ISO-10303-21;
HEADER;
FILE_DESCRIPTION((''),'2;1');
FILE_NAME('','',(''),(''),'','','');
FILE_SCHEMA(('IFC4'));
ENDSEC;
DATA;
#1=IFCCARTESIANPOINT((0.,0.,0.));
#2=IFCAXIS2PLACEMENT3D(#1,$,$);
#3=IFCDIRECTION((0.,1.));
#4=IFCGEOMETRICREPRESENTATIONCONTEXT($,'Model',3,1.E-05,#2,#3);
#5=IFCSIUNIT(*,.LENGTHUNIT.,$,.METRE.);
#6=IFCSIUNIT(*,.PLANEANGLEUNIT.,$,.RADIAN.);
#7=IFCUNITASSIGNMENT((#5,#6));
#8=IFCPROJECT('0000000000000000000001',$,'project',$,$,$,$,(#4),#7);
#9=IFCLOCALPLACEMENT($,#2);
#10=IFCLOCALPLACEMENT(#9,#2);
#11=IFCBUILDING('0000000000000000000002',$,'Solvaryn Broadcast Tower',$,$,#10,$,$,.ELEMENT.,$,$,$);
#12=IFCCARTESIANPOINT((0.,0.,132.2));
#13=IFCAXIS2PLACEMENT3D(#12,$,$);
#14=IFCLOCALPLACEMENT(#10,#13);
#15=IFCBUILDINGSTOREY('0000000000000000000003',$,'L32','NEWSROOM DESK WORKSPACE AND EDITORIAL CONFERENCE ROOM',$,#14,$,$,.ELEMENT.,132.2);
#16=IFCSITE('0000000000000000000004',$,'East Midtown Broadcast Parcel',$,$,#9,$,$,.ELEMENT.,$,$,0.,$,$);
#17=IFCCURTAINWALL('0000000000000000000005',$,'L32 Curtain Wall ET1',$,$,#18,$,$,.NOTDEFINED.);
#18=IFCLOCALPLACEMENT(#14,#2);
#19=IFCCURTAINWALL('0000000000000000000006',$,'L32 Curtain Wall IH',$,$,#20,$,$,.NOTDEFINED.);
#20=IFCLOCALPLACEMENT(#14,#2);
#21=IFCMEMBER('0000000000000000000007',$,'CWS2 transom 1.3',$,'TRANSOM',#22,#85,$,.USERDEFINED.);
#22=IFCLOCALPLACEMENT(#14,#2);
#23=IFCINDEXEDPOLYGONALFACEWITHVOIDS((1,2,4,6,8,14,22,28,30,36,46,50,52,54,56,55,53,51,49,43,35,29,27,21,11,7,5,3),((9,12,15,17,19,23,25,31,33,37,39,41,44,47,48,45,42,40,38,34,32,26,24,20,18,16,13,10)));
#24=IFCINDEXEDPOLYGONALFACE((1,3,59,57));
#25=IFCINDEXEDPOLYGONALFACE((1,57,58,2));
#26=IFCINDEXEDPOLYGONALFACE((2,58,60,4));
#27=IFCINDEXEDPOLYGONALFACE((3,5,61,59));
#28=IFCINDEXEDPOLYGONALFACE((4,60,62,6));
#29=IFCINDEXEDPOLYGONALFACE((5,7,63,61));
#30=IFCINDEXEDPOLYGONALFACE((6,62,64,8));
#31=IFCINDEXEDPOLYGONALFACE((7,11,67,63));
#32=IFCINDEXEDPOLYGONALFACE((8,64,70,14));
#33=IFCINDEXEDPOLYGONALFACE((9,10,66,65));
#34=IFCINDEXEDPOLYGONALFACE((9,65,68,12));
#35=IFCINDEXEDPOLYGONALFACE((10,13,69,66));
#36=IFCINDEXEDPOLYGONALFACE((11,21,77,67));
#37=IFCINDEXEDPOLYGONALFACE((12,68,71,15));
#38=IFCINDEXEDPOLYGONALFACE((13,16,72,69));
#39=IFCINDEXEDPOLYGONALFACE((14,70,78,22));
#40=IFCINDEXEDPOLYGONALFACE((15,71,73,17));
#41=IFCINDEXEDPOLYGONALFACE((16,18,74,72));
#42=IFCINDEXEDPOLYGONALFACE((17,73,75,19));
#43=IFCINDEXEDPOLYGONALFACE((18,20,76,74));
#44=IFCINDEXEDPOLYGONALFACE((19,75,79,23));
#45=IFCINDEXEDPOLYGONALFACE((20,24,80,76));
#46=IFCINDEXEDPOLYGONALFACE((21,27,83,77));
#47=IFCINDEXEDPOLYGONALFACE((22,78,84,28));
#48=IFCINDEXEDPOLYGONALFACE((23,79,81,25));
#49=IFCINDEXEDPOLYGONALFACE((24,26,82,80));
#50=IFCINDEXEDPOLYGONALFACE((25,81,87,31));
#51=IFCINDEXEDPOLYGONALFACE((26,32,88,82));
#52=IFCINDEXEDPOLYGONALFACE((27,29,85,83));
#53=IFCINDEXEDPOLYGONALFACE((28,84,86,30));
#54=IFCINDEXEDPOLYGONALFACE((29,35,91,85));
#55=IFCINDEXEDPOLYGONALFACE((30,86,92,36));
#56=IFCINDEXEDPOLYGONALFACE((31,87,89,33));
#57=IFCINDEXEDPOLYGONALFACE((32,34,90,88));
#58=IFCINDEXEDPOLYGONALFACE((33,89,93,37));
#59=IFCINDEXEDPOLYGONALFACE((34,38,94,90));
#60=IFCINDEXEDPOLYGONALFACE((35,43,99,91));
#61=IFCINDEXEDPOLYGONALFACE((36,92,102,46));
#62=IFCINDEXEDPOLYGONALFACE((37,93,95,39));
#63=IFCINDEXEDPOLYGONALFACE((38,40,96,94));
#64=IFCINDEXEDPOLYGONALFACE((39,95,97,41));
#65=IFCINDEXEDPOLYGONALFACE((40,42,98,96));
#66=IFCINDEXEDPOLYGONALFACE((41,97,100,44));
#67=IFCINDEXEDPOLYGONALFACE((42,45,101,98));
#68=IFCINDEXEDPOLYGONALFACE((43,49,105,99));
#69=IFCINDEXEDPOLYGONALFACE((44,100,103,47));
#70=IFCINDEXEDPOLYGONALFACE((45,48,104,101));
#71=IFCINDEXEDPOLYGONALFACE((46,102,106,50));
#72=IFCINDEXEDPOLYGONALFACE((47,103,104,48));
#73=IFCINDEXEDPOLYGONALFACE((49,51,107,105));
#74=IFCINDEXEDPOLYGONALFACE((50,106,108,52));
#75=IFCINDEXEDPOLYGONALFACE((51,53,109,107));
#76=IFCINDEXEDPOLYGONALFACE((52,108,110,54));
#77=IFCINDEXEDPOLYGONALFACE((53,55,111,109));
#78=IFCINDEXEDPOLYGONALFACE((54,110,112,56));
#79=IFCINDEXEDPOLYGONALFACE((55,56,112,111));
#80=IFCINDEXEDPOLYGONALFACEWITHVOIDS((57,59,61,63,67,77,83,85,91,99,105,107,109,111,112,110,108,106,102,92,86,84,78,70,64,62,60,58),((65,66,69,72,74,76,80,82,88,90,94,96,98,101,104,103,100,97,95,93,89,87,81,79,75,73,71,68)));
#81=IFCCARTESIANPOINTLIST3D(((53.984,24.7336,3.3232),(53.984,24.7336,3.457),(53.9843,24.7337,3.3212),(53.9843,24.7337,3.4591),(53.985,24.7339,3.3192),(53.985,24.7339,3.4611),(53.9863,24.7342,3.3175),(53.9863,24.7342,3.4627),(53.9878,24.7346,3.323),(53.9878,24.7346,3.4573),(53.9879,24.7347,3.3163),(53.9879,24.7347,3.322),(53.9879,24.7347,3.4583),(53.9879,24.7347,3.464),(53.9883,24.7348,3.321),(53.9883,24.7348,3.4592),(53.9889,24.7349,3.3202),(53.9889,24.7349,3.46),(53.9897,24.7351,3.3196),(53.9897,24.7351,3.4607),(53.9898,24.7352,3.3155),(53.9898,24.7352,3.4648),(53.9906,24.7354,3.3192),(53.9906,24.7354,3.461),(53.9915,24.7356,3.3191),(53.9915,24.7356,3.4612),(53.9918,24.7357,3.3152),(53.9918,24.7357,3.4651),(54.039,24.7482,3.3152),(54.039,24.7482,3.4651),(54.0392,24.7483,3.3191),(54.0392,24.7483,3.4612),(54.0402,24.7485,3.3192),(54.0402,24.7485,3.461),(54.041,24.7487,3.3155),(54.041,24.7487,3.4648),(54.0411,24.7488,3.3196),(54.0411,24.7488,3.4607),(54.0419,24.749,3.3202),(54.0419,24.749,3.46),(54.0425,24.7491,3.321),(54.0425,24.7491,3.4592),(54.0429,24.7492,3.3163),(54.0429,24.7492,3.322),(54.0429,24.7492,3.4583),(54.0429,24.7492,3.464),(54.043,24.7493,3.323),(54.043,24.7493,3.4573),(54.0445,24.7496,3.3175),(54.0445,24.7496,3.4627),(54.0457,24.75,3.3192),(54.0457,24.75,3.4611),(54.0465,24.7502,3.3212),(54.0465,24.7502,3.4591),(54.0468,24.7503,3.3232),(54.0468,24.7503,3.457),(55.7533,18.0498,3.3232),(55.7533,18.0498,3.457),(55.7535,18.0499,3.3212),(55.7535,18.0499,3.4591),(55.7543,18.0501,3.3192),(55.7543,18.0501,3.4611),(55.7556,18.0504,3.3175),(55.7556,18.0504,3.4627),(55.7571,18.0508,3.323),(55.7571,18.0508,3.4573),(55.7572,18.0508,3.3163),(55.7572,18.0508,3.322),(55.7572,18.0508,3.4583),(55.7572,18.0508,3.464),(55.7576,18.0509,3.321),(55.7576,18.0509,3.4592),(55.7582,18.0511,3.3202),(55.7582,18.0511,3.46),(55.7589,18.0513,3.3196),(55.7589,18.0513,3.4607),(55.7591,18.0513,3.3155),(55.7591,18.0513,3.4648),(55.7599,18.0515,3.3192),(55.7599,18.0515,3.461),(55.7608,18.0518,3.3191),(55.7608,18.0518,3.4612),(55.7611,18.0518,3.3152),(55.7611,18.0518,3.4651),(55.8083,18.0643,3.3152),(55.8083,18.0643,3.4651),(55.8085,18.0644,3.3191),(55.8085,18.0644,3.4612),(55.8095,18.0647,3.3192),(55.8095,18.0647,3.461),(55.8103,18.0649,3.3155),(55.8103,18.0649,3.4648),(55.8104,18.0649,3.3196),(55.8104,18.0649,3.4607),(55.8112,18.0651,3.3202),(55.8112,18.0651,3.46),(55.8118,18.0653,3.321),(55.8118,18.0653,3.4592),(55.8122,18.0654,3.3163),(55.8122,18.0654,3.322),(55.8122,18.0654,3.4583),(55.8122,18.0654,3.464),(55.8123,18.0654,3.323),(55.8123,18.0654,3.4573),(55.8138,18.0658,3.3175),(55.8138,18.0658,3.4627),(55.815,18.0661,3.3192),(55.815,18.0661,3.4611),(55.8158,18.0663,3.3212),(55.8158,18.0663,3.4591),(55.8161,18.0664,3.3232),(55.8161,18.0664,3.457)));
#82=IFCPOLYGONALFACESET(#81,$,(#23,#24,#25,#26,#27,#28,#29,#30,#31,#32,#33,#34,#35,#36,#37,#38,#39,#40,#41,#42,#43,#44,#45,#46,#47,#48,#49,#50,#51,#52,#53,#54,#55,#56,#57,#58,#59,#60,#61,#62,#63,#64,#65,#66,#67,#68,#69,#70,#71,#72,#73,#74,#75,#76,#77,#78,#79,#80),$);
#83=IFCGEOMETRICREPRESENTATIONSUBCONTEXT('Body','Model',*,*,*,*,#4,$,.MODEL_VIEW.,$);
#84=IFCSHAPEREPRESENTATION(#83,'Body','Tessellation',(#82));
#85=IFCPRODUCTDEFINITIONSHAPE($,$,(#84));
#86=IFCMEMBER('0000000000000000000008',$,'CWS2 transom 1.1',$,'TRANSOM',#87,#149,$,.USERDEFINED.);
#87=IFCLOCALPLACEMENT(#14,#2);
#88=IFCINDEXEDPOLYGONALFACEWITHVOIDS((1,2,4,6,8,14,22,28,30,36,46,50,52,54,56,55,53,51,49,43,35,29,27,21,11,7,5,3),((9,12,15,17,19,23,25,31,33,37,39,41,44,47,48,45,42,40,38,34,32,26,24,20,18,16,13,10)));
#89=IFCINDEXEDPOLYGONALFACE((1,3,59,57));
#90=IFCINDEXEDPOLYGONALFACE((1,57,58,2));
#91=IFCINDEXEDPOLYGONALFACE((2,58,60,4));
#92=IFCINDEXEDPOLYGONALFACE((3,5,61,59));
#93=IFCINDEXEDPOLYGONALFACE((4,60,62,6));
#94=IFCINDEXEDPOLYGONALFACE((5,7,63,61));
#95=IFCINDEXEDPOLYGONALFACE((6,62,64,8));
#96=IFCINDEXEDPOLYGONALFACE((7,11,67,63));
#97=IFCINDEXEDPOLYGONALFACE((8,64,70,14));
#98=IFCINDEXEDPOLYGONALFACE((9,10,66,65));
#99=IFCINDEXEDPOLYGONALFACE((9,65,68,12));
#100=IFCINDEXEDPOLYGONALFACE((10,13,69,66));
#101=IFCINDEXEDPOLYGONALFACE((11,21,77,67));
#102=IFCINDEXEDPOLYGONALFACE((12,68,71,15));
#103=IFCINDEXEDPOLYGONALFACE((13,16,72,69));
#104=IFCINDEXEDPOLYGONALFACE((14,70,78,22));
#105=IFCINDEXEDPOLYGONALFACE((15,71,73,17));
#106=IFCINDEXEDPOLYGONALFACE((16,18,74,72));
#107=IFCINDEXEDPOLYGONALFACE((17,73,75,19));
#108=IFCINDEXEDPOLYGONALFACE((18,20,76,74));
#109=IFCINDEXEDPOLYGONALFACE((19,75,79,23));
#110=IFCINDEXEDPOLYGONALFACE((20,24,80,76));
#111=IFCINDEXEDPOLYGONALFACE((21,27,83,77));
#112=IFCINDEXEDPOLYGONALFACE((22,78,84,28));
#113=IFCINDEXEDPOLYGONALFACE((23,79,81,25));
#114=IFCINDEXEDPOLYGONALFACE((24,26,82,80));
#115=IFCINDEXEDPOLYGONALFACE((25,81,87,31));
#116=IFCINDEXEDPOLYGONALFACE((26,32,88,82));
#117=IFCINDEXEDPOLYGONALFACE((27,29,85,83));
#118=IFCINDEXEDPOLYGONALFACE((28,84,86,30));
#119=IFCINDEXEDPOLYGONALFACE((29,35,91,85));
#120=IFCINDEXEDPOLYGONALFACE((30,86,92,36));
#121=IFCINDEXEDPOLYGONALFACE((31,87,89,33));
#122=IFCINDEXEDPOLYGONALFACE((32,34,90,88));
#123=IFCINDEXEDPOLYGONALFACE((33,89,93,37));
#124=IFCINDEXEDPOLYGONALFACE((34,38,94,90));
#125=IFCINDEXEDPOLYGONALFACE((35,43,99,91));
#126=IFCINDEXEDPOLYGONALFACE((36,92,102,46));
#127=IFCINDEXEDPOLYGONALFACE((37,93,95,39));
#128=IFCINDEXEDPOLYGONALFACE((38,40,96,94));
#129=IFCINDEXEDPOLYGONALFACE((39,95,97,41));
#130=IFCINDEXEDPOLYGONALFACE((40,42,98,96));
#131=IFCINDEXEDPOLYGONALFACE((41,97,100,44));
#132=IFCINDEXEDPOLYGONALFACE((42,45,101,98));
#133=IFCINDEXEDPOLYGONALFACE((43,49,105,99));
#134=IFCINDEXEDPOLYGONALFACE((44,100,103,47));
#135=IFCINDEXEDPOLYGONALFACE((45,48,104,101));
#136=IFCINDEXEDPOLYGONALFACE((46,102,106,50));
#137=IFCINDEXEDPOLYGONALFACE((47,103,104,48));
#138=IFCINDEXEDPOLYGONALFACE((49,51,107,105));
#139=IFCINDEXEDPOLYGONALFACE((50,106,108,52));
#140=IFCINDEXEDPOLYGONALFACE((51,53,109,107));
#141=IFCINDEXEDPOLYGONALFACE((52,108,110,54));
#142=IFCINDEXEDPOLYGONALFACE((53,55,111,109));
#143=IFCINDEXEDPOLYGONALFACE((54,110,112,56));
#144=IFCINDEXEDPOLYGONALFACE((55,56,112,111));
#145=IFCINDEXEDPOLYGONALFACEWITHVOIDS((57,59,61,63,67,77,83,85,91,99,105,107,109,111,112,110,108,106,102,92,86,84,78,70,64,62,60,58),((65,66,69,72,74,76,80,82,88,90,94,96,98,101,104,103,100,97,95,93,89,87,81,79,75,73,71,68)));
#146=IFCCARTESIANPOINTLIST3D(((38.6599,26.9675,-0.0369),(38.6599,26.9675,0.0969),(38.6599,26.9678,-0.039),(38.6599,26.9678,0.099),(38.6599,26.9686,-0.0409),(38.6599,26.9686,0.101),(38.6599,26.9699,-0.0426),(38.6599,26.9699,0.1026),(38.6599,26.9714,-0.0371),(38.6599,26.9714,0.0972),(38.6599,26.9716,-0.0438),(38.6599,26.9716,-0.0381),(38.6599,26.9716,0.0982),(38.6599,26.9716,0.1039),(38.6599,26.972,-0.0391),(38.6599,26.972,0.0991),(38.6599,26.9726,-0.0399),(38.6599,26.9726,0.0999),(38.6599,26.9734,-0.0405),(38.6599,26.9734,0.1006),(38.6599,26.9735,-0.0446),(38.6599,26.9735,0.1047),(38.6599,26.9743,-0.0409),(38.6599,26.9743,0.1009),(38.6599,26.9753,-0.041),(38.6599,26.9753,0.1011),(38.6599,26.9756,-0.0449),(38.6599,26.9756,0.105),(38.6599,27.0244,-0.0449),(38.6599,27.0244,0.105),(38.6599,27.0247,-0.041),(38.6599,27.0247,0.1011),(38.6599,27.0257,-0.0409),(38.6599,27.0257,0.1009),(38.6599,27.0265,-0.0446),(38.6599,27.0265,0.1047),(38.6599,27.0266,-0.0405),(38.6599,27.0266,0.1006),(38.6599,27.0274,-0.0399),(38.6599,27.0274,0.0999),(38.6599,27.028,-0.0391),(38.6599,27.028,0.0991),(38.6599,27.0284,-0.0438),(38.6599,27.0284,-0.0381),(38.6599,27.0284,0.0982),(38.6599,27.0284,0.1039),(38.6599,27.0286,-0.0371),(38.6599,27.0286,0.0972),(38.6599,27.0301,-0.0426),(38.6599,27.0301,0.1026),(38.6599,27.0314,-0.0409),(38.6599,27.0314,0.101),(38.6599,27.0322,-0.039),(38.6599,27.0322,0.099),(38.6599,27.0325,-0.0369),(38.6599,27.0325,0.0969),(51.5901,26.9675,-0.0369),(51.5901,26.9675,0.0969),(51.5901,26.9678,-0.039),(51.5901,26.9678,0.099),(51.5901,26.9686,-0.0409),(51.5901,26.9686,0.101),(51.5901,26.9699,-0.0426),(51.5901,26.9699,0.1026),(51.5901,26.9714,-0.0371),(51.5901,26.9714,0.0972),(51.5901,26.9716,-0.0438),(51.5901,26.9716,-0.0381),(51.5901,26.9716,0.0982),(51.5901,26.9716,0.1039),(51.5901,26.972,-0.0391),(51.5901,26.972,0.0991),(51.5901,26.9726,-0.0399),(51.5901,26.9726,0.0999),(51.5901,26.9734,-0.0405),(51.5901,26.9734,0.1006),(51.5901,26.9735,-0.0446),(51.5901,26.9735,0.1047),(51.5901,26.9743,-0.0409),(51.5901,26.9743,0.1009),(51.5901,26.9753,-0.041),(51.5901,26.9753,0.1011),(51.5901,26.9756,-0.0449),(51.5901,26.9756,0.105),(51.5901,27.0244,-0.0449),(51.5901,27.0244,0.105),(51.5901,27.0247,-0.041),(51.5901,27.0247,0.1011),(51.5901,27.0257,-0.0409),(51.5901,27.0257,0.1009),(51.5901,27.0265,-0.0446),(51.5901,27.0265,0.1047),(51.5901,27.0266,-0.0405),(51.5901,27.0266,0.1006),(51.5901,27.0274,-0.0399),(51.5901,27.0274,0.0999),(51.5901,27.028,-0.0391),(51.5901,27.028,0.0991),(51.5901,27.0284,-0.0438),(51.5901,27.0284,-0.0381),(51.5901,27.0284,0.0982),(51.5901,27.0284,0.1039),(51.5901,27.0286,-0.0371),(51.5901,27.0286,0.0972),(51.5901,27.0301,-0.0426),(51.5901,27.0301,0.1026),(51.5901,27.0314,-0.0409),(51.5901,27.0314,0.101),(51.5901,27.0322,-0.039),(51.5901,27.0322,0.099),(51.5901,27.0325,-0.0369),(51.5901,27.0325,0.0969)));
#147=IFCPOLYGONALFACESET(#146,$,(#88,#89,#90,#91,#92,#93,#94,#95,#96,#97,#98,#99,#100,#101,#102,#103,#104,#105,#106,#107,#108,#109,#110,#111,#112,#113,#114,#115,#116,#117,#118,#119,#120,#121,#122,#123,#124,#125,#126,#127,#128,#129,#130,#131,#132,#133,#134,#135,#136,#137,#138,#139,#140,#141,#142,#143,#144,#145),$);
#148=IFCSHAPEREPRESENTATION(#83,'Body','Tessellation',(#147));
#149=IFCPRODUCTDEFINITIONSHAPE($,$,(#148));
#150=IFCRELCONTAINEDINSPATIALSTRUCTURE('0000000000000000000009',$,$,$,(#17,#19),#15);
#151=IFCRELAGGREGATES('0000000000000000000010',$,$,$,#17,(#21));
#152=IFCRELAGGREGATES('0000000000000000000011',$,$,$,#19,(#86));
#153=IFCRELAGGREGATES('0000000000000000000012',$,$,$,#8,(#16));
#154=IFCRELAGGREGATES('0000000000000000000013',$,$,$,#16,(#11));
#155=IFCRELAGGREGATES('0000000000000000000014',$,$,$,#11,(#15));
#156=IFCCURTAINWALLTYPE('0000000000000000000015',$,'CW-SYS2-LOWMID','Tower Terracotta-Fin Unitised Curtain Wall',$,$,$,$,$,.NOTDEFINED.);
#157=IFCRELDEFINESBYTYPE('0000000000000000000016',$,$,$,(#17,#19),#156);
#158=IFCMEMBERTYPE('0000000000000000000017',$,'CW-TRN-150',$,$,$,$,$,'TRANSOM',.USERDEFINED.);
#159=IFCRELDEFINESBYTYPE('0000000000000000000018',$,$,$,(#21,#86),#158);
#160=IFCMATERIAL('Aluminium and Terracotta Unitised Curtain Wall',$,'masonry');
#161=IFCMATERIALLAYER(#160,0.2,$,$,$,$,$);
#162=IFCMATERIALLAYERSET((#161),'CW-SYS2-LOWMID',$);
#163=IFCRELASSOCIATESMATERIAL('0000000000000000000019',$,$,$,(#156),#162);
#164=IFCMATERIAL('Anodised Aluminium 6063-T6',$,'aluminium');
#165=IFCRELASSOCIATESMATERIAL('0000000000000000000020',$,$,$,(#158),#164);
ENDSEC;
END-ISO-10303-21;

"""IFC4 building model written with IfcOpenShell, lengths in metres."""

from ifc_helpers import new_model, si_unit, direction, frame, origin, origin_2d, place, context, subcontext, project, spatial, hollow_rectangle, extrude, material, layer, layer_set, material_profile, profile_set, type_object, element, aggregate, save


model = new_model("IFC4")

# Units and contexts
model_context = context("Model", 3, precision=1e-05, world=origin(), true_north=direction((0.0, 1.0)))
body_context = subcontext(model_context, "Body", "Model", "MODEL_VIEW")
ifc_project = project(units=[si_unit("LENGTHUNIT", "METRE"), si_unit("PLANEANGLEUNIT", "RADIAN")], contexts=[model_context])

# Site, building, storey
site_placement = place(None, origin())
site = spatial("IfcSite", under=ifc_project, at=site_placement, Name="East Midtown Broadcast Parcel", CompositionType="ELEMENT", RefElevation=0.0)
building_placement = place(site_placement, origin())
building = spatial("IfcBuilding", under=site, at=building_placement, Name="Solvaryn Broadcast Tower", CompositionType="ELEMENT")
storey_placement = place(building_placement, frame((0.0, 0.0, 132.2)))
storey = spatial("IfcBuildingStorey", under=building, at=storey_placement, Name="L32", Description="NEWSROOM DESK WORKSPACE AND EDITORIAL CONFERENCE ROOM", CompositionType="ELEMENT", Elevation=132.2)

# Curtain walls
ifc_material_1 = material(Name="Aluminium and Terracotta Unitised Curtain Wall", Category="masonry")
ifc_layer_1 = layer(ifc_material_1, 0.2)
ifc_layer_set_1 = layer_set([ifc_layer_1], Name="CW-SYS2-LOWMID")
curtain_wall_type = type_object("IfcCurtainWallType", Name="CW-SYS2-LOWMID", Description="Tower Terracotta-Fin Unitised Curtain Wall", PredefinedType="NOTDEFINED", material=ifc_layer_set_1)
curtain_wall_1_placement = place(storey_placement, origin())
curtain_wall_1 = element("IfcCurtainWall", 1, at=curtain_wall_1_placement, inside=storey, type_object=curtain_wall_type, Name="L32 Curtain Wall ET1", PredefinedType="NOTDEFINED")
curtain_wall_2_placement = place(storey_placement, origin())
curtain_wall_2 = element("IfcCurtainWall", 2, at=curtain_wall_2_placement, inside=storey, type_object=curtain_wall_type, Name="L32 Curtain Wall IH", PredefinedType="NOTDEFINED")

# Members
ifc_material_2 = material(Name="Anodised Aluminium 6063-T6", Category="aluminium")
ifc_material_profile_1 = material_profile(ifc_material_2, hollow_rectangle(XDim=0.0649, YDim=0.1499, WallThickness=0.0039, InnerFilletRadius=0.0039, OuterFilletRadius=0.0081, at=origin_2d()))
ifc_profile_set_1 = profile_set([ifc_material_profile_1], Name="Anodised Aluminium 6063-T6")
member_type_1 = type_object("IfcMemberType", Name="CW-TRN-150", ElementType="TRANSOM", PredefinedType="USERDEFINED", material=ifc_profile_set_1)
member_1_placement = place(storey_placement, frame((54.0154, 24.7419, 3.3901), z_axis=(0.255897, -0.966704, 0.0), x_axis=(0.966704, 0.255897, 0.0)))
member_1 = element("IfcMember", 3, at=member_1_placement, type_object=member_type_1, Name="CWS2 transom 1.3", ObjectType="TRANSOM", PredefinedType="USERDEFINED", context=body_context, shape_type="SweptSolid", body=[
    extrude(hollow_rectangle(XDim=0.0649, YDim=0.1499, WallThickness=0.0039, InnerFilletRadius=0.0039, OuterFilletRadius=0.0081, at=origin_2d()), origin(), (0.0, 0.0, 1.0), 6.9141),
])
member_2_placement = place(storey_placement, frame((38.6599, 27.0, 0.03), z_axis=(1.0, 0.0, 0.0), x_axis=(0.0, 1.0, 0.0)))
member_2 = element("IfcMember", 4, at=member_2_placement, type_object=member_type_1, Name="CWS2 transom 1.1", ObjectType="TRANSOM", PredefinedType="USERDEFINED", context=body_context, shape_type="SweptSolid", body=[
    extrude(hollow_rectangle(XDim=0.0649, YDim=0.1499, WallThickness=0.0039, InnerFilletRadius=0.0039, OuterFilletRadius=0.0081, at=origin_2d()), origin(), (0.0, 0.0, 1.0), 12.9302),
])

aggregate(curtain_wall_1, [member_1])
aggregate(curtain_wall_2, [member_2])

save(model, "model.ifc")
